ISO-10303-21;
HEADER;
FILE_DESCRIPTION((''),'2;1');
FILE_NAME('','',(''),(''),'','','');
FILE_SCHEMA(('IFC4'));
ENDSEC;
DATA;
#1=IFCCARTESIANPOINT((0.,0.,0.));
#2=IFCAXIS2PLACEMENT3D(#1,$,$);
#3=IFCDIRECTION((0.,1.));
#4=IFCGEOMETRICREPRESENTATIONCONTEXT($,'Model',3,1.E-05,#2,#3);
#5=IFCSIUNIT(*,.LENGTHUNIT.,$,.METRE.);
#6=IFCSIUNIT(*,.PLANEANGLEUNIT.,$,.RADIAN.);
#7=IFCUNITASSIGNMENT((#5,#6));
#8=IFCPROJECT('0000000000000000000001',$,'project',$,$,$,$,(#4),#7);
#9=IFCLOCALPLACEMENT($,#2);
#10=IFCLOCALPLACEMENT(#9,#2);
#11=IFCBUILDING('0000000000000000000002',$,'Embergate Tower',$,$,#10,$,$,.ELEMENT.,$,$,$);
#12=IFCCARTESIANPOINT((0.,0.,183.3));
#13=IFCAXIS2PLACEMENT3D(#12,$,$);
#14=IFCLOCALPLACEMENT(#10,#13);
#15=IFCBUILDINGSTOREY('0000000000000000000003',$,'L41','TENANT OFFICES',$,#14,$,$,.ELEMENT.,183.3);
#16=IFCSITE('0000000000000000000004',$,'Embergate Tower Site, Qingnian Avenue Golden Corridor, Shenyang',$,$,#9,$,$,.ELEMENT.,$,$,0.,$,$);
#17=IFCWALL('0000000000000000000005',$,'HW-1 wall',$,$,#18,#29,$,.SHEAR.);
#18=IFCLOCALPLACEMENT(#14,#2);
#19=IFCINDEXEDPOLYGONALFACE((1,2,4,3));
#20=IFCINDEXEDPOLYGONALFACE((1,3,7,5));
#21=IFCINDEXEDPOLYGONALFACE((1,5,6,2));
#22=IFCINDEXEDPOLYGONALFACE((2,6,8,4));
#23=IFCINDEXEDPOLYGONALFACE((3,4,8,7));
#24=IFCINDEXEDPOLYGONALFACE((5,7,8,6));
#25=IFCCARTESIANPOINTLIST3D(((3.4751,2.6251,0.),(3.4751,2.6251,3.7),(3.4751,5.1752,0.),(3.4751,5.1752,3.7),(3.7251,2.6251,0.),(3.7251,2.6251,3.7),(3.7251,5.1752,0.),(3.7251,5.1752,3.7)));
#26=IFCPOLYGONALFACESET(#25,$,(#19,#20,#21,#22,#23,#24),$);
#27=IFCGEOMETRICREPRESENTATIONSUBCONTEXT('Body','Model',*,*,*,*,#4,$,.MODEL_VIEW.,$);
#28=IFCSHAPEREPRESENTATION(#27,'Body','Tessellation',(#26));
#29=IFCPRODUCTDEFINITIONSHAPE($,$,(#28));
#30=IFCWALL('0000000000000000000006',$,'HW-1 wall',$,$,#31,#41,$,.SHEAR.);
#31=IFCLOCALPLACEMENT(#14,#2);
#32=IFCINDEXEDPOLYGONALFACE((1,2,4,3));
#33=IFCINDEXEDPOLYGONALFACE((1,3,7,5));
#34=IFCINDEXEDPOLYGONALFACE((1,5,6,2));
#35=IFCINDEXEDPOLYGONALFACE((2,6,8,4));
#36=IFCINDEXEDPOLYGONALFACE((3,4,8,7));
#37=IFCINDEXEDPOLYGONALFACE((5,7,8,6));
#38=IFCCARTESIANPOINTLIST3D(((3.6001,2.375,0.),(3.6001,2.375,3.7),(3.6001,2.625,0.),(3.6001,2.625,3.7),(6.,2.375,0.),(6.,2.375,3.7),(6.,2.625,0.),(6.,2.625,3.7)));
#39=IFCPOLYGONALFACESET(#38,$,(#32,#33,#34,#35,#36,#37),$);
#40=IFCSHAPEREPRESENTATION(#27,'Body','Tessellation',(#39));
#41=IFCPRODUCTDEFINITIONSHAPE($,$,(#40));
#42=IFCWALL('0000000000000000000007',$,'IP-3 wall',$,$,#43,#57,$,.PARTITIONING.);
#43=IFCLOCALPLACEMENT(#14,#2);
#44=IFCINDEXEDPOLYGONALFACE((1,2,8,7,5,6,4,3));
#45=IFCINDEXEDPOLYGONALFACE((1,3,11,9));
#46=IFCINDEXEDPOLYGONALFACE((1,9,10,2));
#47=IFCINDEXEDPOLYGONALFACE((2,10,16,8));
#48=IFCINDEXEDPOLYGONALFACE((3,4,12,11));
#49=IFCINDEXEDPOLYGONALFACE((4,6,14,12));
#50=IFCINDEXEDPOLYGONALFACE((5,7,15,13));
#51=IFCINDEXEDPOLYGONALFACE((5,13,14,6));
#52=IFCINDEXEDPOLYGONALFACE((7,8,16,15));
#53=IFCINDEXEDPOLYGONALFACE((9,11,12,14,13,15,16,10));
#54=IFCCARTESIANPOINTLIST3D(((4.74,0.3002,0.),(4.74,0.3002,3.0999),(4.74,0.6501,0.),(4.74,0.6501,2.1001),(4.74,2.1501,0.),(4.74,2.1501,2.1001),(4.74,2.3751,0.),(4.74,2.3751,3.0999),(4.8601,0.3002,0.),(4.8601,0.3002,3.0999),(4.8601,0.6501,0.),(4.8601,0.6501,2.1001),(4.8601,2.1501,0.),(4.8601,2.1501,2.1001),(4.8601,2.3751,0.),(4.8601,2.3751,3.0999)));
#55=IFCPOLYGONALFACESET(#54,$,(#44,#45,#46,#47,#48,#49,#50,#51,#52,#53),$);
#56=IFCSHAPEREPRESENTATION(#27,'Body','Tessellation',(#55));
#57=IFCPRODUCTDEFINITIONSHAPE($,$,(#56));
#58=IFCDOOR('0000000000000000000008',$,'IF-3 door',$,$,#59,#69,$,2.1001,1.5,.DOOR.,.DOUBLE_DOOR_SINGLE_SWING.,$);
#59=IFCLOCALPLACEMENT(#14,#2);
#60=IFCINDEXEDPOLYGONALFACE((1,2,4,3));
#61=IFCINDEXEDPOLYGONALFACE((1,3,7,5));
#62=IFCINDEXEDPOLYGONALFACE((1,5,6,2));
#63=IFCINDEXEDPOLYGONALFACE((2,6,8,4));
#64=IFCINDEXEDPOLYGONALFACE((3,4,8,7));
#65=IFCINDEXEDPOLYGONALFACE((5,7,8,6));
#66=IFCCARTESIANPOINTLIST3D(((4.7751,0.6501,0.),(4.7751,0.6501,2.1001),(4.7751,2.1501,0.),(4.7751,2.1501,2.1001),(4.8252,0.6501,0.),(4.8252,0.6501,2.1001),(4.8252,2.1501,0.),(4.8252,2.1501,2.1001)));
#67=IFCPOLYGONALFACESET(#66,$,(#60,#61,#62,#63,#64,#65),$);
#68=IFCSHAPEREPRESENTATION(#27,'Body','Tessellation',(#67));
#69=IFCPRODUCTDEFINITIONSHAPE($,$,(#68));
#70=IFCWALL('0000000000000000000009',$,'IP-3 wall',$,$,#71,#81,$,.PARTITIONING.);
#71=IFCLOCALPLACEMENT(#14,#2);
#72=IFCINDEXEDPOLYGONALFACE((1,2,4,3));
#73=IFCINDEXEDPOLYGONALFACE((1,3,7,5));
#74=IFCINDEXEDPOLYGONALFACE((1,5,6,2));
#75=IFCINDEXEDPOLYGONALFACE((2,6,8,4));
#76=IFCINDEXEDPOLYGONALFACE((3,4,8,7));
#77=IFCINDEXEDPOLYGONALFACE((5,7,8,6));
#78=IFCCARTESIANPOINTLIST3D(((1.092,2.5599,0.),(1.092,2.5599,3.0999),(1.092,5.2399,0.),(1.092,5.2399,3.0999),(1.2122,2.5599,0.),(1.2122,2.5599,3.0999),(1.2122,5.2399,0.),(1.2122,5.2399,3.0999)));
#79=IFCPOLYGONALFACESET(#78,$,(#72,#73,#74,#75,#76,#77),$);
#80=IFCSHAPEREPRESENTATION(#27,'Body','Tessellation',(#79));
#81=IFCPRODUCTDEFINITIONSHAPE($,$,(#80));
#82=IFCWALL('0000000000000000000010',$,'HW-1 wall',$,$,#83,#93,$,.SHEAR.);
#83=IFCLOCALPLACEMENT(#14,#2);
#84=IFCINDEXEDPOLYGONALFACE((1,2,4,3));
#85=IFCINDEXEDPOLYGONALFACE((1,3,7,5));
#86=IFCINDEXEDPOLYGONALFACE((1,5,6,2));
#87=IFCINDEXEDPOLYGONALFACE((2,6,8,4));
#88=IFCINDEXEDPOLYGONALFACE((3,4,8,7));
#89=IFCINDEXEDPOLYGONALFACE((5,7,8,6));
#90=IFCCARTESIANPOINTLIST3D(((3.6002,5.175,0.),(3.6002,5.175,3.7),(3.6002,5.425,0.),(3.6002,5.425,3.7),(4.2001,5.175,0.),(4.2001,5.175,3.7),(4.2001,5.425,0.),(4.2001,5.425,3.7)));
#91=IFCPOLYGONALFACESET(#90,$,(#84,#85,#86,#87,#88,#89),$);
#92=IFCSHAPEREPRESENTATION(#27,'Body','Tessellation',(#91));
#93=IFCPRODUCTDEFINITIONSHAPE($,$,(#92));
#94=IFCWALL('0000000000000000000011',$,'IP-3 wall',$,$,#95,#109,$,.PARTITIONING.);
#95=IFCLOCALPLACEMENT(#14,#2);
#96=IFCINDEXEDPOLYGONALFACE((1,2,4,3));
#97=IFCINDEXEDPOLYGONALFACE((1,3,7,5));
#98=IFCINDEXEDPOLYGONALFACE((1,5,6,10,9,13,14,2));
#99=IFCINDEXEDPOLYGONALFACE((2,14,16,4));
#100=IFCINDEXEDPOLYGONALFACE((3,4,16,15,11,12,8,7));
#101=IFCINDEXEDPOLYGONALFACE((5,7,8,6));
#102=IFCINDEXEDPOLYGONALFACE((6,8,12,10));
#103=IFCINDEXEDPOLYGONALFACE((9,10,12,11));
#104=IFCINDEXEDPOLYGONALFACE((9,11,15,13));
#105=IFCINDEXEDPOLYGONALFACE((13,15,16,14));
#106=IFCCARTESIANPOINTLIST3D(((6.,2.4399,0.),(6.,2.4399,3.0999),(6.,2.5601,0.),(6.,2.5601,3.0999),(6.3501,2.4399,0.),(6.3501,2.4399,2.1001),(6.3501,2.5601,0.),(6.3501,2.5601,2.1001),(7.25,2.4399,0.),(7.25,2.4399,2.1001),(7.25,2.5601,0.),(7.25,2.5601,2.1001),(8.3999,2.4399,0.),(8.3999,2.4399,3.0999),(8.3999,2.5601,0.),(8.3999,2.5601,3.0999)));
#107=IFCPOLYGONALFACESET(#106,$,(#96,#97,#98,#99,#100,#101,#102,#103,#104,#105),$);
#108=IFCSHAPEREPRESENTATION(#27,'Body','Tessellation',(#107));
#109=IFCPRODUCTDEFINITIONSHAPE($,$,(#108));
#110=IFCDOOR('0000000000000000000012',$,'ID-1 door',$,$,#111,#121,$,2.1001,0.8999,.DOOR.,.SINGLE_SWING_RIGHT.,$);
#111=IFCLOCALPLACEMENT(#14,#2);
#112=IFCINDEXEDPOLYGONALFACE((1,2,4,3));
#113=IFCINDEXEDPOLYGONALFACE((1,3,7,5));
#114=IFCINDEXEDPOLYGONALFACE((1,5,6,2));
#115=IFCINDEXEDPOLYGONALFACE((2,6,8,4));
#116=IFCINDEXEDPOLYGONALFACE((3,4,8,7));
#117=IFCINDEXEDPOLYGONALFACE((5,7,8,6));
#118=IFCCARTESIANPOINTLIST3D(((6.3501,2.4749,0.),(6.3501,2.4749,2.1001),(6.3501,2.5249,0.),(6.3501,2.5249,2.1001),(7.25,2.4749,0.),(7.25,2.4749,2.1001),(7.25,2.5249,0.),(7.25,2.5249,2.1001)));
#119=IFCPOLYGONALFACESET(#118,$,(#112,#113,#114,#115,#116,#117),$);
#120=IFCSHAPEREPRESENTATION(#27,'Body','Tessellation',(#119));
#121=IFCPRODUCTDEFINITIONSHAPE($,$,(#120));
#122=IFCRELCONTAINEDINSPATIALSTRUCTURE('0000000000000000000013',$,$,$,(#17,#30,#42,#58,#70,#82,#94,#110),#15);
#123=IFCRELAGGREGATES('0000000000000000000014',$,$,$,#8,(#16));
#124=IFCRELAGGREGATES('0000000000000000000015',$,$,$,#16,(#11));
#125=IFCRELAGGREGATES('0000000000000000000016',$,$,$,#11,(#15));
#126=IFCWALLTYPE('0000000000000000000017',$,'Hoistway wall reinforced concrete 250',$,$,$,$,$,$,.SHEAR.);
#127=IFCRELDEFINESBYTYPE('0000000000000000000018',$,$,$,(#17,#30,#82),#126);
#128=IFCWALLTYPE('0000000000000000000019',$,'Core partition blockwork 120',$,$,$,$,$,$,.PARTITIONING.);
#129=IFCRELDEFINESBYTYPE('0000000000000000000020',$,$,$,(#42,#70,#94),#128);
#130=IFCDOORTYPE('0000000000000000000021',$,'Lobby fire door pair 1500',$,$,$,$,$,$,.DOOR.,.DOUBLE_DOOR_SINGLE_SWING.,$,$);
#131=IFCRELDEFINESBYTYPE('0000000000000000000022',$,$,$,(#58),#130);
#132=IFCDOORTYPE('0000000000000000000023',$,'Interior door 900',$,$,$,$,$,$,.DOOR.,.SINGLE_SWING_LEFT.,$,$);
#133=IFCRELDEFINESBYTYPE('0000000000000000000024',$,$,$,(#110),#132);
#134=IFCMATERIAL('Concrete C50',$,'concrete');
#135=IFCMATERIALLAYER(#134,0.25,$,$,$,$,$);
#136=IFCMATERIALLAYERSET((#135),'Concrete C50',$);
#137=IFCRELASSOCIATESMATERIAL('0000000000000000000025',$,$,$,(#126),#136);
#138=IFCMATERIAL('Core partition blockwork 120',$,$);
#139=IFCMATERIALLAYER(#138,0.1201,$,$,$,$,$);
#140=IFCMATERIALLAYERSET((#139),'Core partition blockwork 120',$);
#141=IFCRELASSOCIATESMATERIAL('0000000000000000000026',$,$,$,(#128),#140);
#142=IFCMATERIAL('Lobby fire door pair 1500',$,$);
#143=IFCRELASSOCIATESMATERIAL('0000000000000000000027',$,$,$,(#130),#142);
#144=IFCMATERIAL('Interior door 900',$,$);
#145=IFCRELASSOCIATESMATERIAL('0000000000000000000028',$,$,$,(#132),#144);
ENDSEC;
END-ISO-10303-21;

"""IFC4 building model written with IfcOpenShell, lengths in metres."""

from ifc_helpers import new_model, si_unit, direction, frame, frame_2d, origin, place, context, subcontext, project, spatial, rectangle, extrude, source, transform, mapped, material, layer, layer_set, type_object, element, fill, save


model = new_model("IFC4")

# Units and contexts
model_context = context("Model", 3, precision=1e-05, world=origin(), true_north=direction((0.0, 1.0)))
body_context = subcontext(model_context, "Body", "Model", "MODEL_VIEW")
ifc_project = project(units=[si_unit("LENGTHUNIT", "METRE"), si_unit("PLANEANGLEUNIT", "RADIAN")], contexts=[model_context])

# Site, building, storey
site_placement = place(None, origin())
site = spatial("IfcSite", under=ifc_project, at=site_placement, Name="Embergate Tower Site, Qingnian Avenue Golden Corridor, Shenyang", CompositionType="ELEMENT", RefElevation=0.0)
building_placement = place(site_placement, origin())
building = spatial("IfcBuilding", under=site, at=building_placement, Name="Embergate Tower", CompositionType="ELEMENT")
storey_placement = place(building_placement, frame((0.0, 0.0, 183.3)))
storey = spatial("IfcBuildingStorey", under=building, at=storey_placement, Name="L41", Description="TENANT OFFICES", CompositionType="ELEMENT", Elevation=183.3)

# Walls
ifc_material_1 = material(Name="Concrete C50", Category="concrete")
ifc_layer_1 = layer(ifc_material_1, 0.25)
ifc_layer_set_1 = layer_set([ifc_layer_1], Name="Concrete C50")
wall_type_1 = type_object("IfcWallType", Name="Hoistway wall reinforced concrete 250", PredefinedType="SHEAR", material=ifc_layer_set_1)
shared_shape_1 = source(origin(), body_context, "Body", "SweptSolid", [
    extrude(rectangle(XDim=2.55, YDim=0.25, at=frame_2d((1.2749, 0.0))), origin(), (0.0, 0.0, 1.0), 3.7),
])
wall_1_placement = place(storey_placement, frame((3.6001, 5.175, 0.0), z_axis=(0.0, 0.0, 1.0), x_axis=(0.0, -1.0, 0.0)))
element("IfcWall", 1, at=wall_1_placement, inside=storey, type_object=wall_type_1, Name="HW-1 wall", PredefinedType="SHEAR", context=body_context, shape_type="MappedRepresentation", body=[
    mapped(shared_shape_1, transform((0.0, 0.0, 0.0))),
])
shared_shape_2 = source(origin(), body_context, "Body", "SweptSolid", [
    extrude(rectangle(XDim=2.3999, YDim=0.25, at=frame_2d((1.2, 0.0))), origin(), (0.0, 0.0, 1.0), 3.7),
])
wall_2_placement = place(storey_placement, frame((3.6001, 2.5, 0.0), z_axis=(0.0, 0.0, 1.0), x_axis=(1.0, 0.0, 0.0)))
element("IfcWall", 2, at=wall_2_placement, inside=storey, type_object=wall_type_1, Name="HW-1 wall", PredefinedType="SHEAR", context=body_context, shape_type="MappedRepresentation", body=[
    mapped(shared_shape_2, transform((0.0, 0.0, 0.0))),
])

# Wall, opening, door
ifc_material_2 = material(Name="Core partition blockwork 120")
ifc_layer_2 = layer(ifc_material_2, 0.1201)
ifc_layer_set_2 = layer_set([ifc_layer_2], Name="Core partition blockwork 120")
wall_type_2 = type_object("IfcWallType", Name="Core partition blockwork 120", PredefinedType="PARTITIONING", material=ifc_layer_set_2)
shared_shape_3 = source(origin(), body_context, "Body", "SweptSolid", [
    extrude(rectangle(XDim=2.075, YDim=0.1201, at=frame_2d((1.0376, 0.0))), origin(), (0.0, 0.0, 1.0), 3.0999),
])
wall_3_placement = place(storey_placement, frame((4.8, 0.3, 0.0), z_axis=(0.0, 0.0, 1.0), x_axis=(0.0, 1.0, 0.0)))
wall_3 = element("IfcWall", 3, at=wall_3_placement, inside=storey, type_object=wall_type_2, Name="IP-3 wall", PredefinedType="PARTITIONING", context=body_context, shape_type="MappedRepresentation", body=[
    mapped(shared_shape_3, transform((0.0, 0.0, 0.0))),
])
shared_shape_4 = source(origin(), body_context, "Body", "SweptSolid", [
    extrude(rectangle(XDim=1.5, YDim=2.1001, at=frame_2d((0.75, 1.05))), frame((0.0, 0.0701, 0.0), z_axis=(0.0, -1.0, 0.0), x_axis=(1.0, 0.0, 0.0)), (0.0, 0.0, 1.0), 0.1401),
])
opening_1_placement = place(wall_3_placement, frame((0.3501, 0.0, 0.0)))
opening_1 = element("IfcOpeningElement", 4, at=opening_1_placement, cuts=wall_3, PredefinedType="OPENING", context=body_context, shape_type="MappedRepresentation", body=[
    mapped(shared_shape_4, transform((0.0, 0.0, 0.0))),
])
ifc_material_3 = material(Name="Lobby fire door pair 1500")
door_type_1 = type_object("IfcDoorType", Name="Lobby fire door pair 1500", OperationType="DOUBLE_DOOR_SINGLE_SWING", PredefinedType="DOOR", material=ifc_material_3)
shared_shape_5 = source(origin(), body_context, "Body", "SweptSolid", [
    extrude(rectangle(XDim=1.5, YDim=2.1001, at=frame_2d((0.75, 1.05))), frame((0.0, 0.0249, 0.0), z_axis=(0.0, -1.0, 0.0), x_axis=(1.0, 0.0, 0.0)), (0.0, 0.0, 1.0), 0.05),
])
door_1_placement = place(opening_1_placement, origin())
door_1 = element("IfcDoor", 5, at=door_1_placement, inside=storey, type_object=door_type_1, Name="IF-3 door", OperationType="DOUBLE_DOOR_SINGLE_SWING", OverallHeight=2.1001, OverallWidth=1.5, PredefinedType="DOOR", context=body_context, shape_type="MappedRepresentation", body=[
    mapped(shared_shape_5, transform((0.0, 0.0, 0.0))),
])
fill(opening_1, door_1)

# Walls
shared_shape_6 = source(origin(), body_context, "Body", "SweptSolid", [
    extrude(rectangle(XDim=2.6799, YDim=0.1201, at=frame_2d((1.3398, 0.0))), origin(), (0.0, 0.0, 1.0), 3.0999),
])
wall_4_placement = place(storey_placement, frame((1.1521, 2.5601, 0.0), z_axis=(0.0, 0.0, 1.0), x_axis=(0.0, 1.0, 0.0)))
element("IfcWall", 6, at=wall_4_placement, inside=storey, type_object=wall_type_2, Name="IP-3 wall", PredefinedType="PARTITIONING", context=body_context, shape_type="MappedRepresentation", body=[
    mapped(shared_shape_6, transform((0.0, 0.0, 0.0))),
])
shared_shape_7 = source(origin(), body_context, "Body", "SweptSolid", [
    extrude(rectangle(XDim=0.5999, YDim=0.25, at=frame_2d((0.2998, 0.0))), origin(), (0.0, 0.0, 1.0), 3.7),
])
wall_5_placement = place(storey_placement, frame((4.2, 5.3, 0.0), z_axis=(0.0, 0.0, 1.0), x_axis=(-1.0, 0.0, 0.0)))
element("IfcWall", 7, at=wall_5_placement, inside=storey, type_object=wall_type_1, Name="HW-1 wall", PredefinedType="SHEAR", context=body_context, shape_type="MappedRepresentation", body=[
    mapped(shared_shape_7, transform((0.0, 0.0, 0.0))),
])

# Wall, opening, door
shared_shape_8 = source(origin(), body_context, "Body", "SweptSolid", [
    extrude(rectangle(XDim=2.3999, YDim=0.1201, at=frame_2d((1.2, 0.0))), origin(), (0.0, 0.0, 1.0), 3.0999),
])
wall_6_placement = place(storey_placement, frame((6.0, 2.5, 0.0), z_axis=(0.0, 0.0, 1.0), x_axis=(1.0, 0.0, 0.0)))
wall_6 = element("IfcWall", 8, at=wall_6_placement, inside=storey, type_object=wall_type_2, Name="IP-3 wall", PredefinedType="PARTITIONING", context=body_context, shape_type="MappedRepresentation", body=[
    mapped(shared_shape_8, transform((0.0, 0.0, 0.0))),
])
shared_shape_9 = source(origin(), body_context, "Body", "SweptSolid", [
    extrude(rectangle(XDim=0.8999, YDim=2.1001, at=frame_2d((0.45, 1.05))), frame((0.0, 0.0701, 0.0), z_axis=(0.0, -1.0, 0.0), x_axis=(1.0, 0.0, 0.0)), (0.0, 0.0, 1.0), 0.1401),
])
opening_2_placement = place(wall_6_placement, frame((0.3501, 0.0, 0.0)))
opening_2 = element("IfcOpeningElement", 9, at=opening_2_placement, cuts=wall_6, PredefinedType="OPENING", context=body_context, shape_type="MappedRepresentation", body=[
    mapped(shared_shape_9, transform((0.0, 0.0, 0.0))),
])
ifc_material_4 = material(Name="Interior door 900")
door_type_2 = type_object("IfcDoorType", Name="Interior door 900", OperationType="SINGLE_SWING_LEFT", PredefinedType="DOOR", material=ifc_material_4)
shared_shape_10 = source(origin(), body_context, "Body", "SweptSolid", [
    extrude(rectangle(XDim=0.8999, YDim=2.1001, at=frame_2d((0.45, 1.05))), frame((0.0, 0.0249, 0.0), z_axis=(0.0, -1.0, 0.0), x_axis=(1.0, 0.0, 0.0)), (0.0, 0.0, 1.0), 0.05),
])
door_2_placement = place(opening_2_placement, origin())
door_2 = element("IfcDoor", 10, at=door_2_placement, inside=storey, type_object=door_type_2, Name="ID-1 door", OperationType="SINGLE_SWING_RIGHT", OverallHeight=2.1001, OverallWidth=0.8999, PredefinedType="DOOR", context=body_context, shape_type="MappedRepresentation", body=[
    mapped(shared_shape_10, transform((0.0, 0.0, 0.0))),
])
fill(opening_2, door_2)

save(model, "model.ifc")
